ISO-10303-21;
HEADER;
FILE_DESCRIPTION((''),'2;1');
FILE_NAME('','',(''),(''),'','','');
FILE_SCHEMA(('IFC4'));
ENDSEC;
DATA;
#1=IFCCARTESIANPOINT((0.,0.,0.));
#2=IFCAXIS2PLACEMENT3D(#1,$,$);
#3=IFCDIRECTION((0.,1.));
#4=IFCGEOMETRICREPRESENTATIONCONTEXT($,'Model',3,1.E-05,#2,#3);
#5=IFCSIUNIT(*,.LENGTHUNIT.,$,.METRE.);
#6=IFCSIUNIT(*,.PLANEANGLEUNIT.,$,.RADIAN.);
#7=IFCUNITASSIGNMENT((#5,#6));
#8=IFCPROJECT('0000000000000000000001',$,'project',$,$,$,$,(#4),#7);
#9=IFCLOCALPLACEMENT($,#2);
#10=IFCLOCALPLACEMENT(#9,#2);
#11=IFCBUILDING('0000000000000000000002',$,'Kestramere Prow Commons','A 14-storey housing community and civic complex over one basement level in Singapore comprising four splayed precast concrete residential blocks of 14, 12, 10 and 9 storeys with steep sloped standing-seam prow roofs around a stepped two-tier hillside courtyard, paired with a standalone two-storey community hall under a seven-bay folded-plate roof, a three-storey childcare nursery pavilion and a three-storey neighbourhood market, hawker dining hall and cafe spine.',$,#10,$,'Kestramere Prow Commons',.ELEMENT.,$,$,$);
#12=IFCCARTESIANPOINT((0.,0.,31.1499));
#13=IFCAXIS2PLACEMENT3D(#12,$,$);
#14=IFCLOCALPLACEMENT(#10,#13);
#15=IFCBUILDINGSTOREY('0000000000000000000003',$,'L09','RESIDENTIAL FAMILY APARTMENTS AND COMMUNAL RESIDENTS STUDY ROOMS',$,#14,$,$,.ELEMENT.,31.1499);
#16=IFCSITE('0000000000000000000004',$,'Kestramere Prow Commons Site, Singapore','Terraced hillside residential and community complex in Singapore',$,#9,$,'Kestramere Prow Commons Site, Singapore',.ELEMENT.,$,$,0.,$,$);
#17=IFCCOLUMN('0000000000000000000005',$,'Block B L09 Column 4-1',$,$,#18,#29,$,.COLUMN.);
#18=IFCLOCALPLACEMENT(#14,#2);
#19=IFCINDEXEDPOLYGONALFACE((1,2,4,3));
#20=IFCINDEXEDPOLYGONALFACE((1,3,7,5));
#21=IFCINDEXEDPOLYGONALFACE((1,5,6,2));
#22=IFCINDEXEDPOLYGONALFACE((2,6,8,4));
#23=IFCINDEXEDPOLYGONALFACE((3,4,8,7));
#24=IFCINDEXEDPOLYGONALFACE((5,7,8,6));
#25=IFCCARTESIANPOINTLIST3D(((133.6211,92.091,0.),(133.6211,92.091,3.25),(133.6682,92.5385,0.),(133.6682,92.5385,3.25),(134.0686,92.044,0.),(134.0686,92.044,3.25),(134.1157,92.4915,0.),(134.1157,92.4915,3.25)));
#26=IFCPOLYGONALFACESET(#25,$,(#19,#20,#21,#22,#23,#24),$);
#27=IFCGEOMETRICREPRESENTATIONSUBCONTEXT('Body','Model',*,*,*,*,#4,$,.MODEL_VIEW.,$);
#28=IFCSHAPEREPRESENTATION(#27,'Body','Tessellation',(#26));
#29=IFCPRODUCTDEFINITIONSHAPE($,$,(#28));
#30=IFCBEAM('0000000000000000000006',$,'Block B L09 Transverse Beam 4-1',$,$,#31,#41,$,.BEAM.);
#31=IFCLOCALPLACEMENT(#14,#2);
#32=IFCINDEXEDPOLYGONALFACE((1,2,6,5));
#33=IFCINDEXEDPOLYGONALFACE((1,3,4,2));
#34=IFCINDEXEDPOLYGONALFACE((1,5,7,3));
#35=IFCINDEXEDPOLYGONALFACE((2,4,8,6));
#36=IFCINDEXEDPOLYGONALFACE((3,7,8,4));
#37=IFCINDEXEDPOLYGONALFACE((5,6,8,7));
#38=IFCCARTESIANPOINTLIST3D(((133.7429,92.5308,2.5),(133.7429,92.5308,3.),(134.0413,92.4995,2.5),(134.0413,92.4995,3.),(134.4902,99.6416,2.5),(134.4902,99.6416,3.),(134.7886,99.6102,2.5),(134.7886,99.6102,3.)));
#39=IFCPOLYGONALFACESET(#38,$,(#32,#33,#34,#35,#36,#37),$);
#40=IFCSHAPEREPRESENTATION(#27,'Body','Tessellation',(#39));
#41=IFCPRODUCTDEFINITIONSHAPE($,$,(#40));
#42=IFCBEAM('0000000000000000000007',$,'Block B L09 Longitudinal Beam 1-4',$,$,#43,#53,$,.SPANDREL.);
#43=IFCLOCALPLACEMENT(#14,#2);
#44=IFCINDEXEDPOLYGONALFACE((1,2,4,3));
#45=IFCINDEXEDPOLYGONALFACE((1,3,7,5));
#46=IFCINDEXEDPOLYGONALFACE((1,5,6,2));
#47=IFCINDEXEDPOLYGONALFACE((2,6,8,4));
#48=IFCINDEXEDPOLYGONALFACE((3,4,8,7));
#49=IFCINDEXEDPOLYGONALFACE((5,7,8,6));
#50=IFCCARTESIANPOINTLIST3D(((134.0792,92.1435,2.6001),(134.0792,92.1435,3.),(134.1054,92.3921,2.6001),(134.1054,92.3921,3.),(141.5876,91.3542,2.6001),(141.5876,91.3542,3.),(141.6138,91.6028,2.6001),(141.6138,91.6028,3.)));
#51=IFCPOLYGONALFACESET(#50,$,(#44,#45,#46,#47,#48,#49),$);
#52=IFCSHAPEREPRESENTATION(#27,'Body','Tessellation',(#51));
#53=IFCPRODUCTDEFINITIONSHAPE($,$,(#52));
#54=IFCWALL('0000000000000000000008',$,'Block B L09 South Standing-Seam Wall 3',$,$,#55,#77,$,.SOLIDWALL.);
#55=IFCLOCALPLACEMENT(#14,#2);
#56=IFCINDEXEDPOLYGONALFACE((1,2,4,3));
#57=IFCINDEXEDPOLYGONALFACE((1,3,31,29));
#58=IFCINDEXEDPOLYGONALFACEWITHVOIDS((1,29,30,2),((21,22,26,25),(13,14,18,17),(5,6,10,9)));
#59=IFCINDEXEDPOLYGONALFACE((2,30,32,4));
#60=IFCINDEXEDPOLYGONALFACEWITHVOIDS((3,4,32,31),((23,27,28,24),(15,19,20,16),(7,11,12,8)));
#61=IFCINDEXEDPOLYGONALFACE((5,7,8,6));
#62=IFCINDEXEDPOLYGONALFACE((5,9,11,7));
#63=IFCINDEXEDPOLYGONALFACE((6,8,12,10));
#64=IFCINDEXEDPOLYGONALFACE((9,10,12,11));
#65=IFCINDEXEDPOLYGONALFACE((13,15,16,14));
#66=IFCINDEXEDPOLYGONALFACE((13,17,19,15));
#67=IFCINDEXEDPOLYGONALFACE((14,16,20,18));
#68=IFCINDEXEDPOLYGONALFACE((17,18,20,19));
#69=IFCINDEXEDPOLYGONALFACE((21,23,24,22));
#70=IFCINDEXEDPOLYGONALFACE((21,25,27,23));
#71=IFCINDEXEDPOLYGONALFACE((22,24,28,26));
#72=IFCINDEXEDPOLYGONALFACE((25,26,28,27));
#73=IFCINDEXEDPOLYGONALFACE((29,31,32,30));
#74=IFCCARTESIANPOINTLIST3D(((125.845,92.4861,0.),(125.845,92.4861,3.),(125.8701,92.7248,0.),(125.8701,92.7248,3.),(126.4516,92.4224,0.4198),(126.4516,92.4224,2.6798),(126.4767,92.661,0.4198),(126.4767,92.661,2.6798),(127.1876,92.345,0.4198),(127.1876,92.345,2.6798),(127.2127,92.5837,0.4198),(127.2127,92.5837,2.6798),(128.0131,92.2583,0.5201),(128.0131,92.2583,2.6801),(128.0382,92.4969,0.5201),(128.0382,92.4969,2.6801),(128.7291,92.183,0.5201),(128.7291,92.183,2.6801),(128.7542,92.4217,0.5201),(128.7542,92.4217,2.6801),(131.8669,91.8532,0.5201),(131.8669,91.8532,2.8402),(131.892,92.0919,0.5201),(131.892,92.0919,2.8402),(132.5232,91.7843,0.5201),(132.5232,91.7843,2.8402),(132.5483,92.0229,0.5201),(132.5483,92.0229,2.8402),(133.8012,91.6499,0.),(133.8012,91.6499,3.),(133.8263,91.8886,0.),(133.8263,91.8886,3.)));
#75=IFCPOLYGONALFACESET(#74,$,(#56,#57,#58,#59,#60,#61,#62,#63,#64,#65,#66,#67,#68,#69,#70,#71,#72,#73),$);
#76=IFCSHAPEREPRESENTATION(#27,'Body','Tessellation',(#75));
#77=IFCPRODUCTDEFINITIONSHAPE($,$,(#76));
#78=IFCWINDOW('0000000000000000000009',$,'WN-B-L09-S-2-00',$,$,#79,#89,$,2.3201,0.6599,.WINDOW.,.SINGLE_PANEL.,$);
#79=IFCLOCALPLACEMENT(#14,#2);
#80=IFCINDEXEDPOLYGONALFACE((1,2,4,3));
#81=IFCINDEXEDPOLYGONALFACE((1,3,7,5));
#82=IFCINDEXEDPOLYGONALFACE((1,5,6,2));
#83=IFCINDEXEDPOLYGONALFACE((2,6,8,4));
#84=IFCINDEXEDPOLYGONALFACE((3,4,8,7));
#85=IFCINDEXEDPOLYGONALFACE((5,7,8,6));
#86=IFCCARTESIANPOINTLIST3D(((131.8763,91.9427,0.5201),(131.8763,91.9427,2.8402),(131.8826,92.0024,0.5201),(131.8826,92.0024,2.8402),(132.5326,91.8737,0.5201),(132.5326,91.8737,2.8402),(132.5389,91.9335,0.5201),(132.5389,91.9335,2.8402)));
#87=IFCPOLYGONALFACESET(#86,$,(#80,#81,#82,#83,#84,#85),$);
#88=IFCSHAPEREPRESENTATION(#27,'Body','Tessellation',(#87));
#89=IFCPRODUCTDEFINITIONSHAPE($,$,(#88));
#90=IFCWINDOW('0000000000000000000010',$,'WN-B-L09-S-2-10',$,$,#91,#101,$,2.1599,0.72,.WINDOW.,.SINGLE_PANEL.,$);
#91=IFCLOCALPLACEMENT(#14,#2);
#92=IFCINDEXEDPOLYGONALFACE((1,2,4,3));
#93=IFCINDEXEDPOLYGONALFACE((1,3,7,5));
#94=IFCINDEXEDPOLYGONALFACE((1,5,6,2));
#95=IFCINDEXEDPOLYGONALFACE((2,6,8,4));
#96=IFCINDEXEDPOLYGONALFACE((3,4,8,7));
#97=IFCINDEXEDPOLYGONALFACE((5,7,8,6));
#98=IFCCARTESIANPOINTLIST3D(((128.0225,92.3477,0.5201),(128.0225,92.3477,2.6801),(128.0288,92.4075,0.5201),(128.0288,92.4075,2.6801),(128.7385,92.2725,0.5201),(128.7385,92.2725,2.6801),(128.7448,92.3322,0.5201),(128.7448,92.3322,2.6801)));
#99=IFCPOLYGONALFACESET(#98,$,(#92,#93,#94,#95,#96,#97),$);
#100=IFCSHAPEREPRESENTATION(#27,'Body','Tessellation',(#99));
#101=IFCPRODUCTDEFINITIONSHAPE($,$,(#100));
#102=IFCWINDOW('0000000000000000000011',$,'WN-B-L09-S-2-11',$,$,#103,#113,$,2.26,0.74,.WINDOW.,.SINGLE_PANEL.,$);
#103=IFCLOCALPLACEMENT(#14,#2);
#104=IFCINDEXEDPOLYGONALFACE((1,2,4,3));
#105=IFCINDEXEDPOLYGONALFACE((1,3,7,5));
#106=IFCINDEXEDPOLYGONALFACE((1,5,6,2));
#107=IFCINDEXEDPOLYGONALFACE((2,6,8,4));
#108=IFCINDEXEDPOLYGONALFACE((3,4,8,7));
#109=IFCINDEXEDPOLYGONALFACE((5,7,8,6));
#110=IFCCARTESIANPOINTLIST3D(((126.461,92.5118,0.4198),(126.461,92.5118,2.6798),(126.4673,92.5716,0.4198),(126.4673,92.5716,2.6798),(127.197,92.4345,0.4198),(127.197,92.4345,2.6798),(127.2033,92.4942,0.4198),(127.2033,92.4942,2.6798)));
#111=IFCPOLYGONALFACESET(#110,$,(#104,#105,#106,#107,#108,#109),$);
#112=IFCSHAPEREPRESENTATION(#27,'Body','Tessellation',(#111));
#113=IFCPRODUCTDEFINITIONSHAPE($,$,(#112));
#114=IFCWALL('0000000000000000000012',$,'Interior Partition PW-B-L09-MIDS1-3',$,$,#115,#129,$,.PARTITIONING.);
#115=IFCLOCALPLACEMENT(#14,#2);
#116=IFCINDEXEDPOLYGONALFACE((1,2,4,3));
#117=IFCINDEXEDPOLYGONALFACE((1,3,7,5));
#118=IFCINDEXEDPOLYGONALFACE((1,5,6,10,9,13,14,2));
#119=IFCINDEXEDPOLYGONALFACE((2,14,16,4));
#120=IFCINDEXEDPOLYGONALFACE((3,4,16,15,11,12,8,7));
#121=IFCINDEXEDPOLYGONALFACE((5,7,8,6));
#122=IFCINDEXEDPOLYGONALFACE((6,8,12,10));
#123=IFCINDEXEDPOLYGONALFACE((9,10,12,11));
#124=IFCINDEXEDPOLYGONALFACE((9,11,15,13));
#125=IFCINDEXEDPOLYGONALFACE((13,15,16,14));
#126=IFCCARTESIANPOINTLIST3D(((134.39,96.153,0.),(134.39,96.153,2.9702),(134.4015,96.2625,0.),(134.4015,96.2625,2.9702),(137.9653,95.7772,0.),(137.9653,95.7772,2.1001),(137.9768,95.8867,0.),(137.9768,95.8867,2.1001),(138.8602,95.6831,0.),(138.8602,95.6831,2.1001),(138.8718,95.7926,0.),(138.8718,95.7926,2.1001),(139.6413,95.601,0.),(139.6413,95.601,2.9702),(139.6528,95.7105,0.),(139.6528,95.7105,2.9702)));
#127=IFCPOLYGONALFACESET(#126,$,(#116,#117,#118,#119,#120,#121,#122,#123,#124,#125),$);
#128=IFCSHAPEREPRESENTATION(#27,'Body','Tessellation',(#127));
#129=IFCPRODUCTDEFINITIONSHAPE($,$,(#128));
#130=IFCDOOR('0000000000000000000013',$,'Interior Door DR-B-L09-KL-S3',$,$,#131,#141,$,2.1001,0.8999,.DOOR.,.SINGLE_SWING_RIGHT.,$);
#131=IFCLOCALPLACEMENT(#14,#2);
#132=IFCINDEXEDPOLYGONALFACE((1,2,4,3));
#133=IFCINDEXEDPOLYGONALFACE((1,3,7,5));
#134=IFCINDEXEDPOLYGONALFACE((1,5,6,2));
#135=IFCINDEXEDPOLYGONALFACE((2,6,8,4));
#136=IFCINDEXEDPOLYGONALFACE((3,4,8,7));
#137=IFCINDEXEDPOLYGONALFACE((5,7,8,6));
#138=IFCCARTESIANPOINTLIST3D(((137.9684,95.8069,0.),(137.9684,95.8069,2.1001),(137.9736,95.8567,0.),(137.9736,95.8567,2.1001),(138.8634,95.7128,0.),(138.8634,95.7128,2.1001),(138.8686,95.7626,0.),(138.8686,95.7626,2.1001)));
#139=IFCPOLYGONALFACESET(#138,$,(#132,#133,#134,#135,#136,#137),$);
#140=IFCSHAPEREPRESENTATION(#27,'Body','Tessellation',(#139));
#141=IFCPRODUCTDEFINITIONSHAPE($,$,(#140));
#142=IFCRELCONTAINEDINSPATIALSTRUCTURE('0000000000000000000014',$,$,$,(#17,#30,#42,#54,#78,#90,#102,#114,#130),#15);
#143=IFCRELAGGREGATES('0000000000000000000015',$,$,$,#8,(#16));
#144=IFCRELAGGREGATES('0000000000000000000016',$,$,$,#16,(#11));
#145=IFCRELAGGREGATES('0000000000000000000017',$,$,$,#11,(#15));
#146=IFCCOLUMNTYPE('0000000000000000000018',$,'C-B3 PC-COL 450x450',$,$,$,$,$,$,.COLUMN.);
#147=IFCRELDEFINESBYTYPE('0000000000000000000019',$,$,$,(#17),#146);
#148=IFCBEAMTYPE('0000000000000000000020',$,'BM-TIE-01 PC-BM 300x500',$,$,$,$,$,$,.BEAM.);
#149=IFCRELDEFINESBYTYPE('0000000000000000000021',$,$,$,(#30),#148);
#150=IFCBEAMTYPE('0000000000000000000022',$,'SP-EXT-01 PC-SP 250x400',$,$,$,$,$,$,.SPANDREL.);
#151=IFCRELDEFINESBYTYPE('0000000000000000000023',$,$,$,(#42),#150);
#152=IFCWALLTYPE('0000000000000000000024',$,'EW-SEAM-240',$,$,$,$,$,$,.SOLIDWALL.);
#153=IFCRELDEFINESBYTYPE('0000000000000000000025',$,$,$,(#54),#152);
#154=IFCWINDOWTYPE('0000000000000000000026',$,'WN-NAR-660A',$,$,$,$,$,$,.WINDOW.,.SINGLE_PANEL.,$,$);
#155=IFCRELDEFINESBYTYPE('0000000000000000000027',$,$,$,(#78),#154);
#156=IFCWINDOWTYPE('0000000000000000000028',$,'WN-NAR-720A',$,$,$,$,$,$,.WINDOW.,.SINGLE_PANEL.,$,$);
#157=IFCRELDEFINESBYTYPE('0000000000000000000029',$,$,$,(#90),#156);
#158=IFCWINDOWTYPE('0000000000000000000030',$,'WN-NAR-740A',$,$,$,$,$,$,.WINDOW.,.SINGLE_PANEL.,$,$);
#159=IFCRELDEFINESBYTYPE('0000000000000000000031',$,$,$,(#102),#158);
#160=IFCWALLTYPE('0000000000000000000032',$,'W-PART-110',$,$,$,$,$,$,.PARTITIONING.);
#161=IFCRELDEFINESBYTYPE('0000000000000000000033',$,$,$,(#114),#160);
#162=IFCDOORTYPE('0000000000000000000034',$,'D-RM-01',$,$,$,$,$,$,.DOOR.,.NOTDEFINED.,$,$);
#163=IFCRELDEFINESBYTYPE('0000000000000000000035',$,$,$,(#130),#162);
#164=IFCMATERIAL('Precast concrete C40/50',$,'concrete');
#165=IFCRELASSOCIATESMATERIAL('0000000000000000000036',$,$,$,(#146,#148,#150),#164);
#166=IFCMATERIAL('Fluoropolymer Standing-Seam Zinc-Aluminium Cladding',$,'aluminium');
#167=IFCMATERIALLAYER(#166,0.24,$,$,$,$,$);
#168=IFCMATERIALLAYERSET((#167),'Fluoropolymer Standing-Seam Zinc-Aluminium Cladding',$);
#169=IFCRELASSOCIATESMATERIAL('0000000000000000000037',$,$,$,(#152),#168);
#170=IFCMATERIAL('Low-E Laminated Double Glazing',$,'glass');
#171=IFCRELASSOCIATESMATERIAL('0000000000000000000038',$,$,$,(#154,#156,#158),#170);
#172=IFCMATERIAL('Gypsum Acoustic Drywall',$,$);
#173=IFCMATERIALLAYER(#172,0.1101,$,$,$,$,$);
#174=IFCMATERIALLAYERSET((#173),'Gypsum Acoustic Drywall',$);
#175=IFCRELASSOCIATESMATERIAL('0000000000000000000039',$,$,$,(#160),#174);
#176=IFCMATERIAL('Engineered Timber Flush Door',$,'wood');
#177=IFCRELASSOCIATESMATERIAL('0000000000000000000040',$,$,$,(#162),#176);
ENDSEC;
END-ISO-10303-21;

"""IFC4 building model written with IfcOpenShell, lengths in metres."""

from ifc_helpers import new_model, si_unit, direction, frame, frame_2d, origin, origin_2d, place, context, subcontext, project, spatial, rectangle, extrude, material, layer, layer_set, material_profile, profile_set, type_object, element, fill, save


model = new_model("IFC4")

# Units and contexts
model_context = context("Model", 3, precision=1e-05, world=origin(), true_north=direction((0.0, 1.0)))
body_context = subcontext(model_context, "Body", "Model", "MODEL_VIEW")
ifc_project = project(units=[si_unit("LENGTHUNIT", "METRE"), si_unit("PLANEANGLEUNIT", "RADIAN")], contexts=[model_context])

# Site, building, storey
site_placement = place(None, origin())
site = spatial("IfcSite", under=ifc_project, at=site_placement, Name="Kestramere Prow Commons Site, Singapore", Description="Terraced hillside residential and community complex in Singapore", LongName="Kestramere Prow Commons Site, Singapore", CompositionType="ELEMENT", RefElevation=0.0)
building_placement = place(site_placement, origin())
building = spatial("IfcBuilding", under=site, at=building_placement, Name="Kestramere Prow Commons", Description="A 14-storey housing community and civic complex over one basement level in Singapore comprising four splayed precast concrete residential blocks of 14, 12, 10 and 9 storeys with steep sloped standing-seam prow roofs around a stepped two-tier hillside courtyard, paired with a standalone two-storey community hall under a seven-bay folded-plate roof, a three-storey childcare nursery pavilion and a three-storey neighbourhood market, hawker dining hall and cafe spine.", LongName="Kestramere Prow Commons", CompositionType="ELEMENT")
storey_placement = place(building_placement, frame((0.0, 0.0, 31.1499)))
storey = spatial("IfcBuildingStorey", under=building, at=storey_placement, Name="L09", Description="RESIDENTIAL FAMILY APARTMENTS AND COMMUNAL RESIDENTS STUDY ROOMS", CompositionType="ELEMENT", Elevation=31.1499)

# Column
ifc_material_1 = material(Name="Precast concrete C40/50", Category="concrete")
ifc_material_profile_1 = material_profile(ifc_material_1, rectangle(XDim=0.45, YDim=0.45, at=origin_2d()), Name="PC-COL 450x450")
ifc_profile_set_1 = profile_set([ifc_material_profile_1], Name="Precast concrete C40/50")
column_type = type_object("IfcColumnType", Name="C-B3 PC-COL 450x450", PredefinedType="COLUMN", material=ifc_profile_set_1)
column_placement = place(storey_placement, frame((133.8684, 92.2913, 0.0), z_axis=(0.0, 0.0, 1.0), x_axis=(0.994522, -0.104528, 0.0)))
element("IfcColumn", 1, at=column_placement, inside=storey, type_object=column_type, Name="Block B L09 Column 4-1", PredefinedType="COLUMN", context=body_context, shape_type="SweptSolid", body=[
    extrude(rectangle(XDim=0.45, YDim=0.45, at=origin_2d()), origin(), (0.0, 0.0, 1.0), 3.25),
])

# Beams
ifc_material_profile_2 = material_profile(ifc_material_1, rectangle(XDim=0.3, YDim=0.5, at=origin_2d()), Name="PC-BM 300x500")
ifc_profile_set_2 = profile_set([ifc_material_profile_2], Name="Precast concrete C40/50")
beam_type_1 = type_object("IfcBeamType", Name="BM-TIE-01 PC-BM 300x500", PredefinedType="BEAM", material=ifc_profile_set_2)
beam_1_placement = place(storey_placement, frame((133.8921, 92.5151, 2.75), z_axis=(0.104519, 0.994523, 0.0), x_axis=(-0.994523, 0.104519, 0.0)))
element("IfcBeam", 2, at=beam_1_placement, inside=storey, type_object=beam_type_1, Name="Block B L09 Transverse Beam 4-1", PredefinedType="BEAM", context=body_context, shape_type="SweptSolid", body=[
    extrude(rectangle(XDim=0.3, YDim=0.5, at=origin_2d()), origin(), (0.0, 0.0, 1.0), 7.1499),
])
ifc_material_profile_3 = material_profile(ifc_material_1, rectangle(XDim=0.25, YDim=0.3999, at=origin_2d()), Name="PC-SP 250x400")
ifc_profile_set_3 = profile_set([ifc_material_profile_3], Name="Precast concrete C40/50")
beam_type_2 = type_object("IfcBeamType", Name="SP-EXT-01 PC-SP 250x400", PredefinedType="SPANDREL", material=ifc_profile_set_3)
beam_2_placement = place(storey_placement, frame((134.0923, 92.2678, 2.8), z_axis=(0.99452, -0.104545, 0.0), x_axis=(0.104545, 0.99452, 0.0)))
element("IfcBeam", 3, at=beam_2_placement, inside=storey, type_object=beam_type_2, Name="Block B L09 Longitudinal Beam 1-4", PredefinedType="SPANDREL", context=body_context, shape_type="SweptSolid", body=[
    extrude(rectangle(XDim=0.25, YDim=0.3999, at=origin_2d()), origin(), (0.0, 0.0, 1.0), 7.5498),
])

# Wall, openings, windows
ifc_material_2 = material(Name="Fluoropolymer Standing-Seam Zinc-Aluminium Cladding", Category="aluminium")
ifc_layer_1 = layer(ifc_material_2, 0.24)
ifc_layer_set_1 = layer_set([ifc_layer_1], Name="Fluoropolymer Standing-Seam Zinc-Aluminium Cladding")
wall_type_1 = type_object("IfcWallType", Name="EW-SEAM-240", PredefinedType="SOLIDWALL", material=ifc_layer_set_1)
wall_1_placement = place(storey_placement, frame((133.8137, 91.7693, 0.0), z_axis=(0.0, 0.0, 1.0), x_axis=(-0.994523, 0.104521, 0.0)))
wall_1 = element("IfcWall", 4, at=wall_1_placement, inside=storey, type_object=wall_type_1, Name="Block B L09 South Standing-Seam Wall 3", PredefinedType="SOLIDWALL", context=body_context, shape_type="SweptSolid", body=[
    extrude(rectangle(XDim=8.0, YDim=0.24, at=frame_2d((4.0, 0.0))), origin(), (0.0, 0.0, 1.0), 3.0),
])
opening_1_placement = place(wall_1_placement, frame((1.2849, 0.0, 0.52)))
opening_1 = element("IfcOpeningElement", 5, at=opening_1_placement, cuts=wall_1, PredefinedType="OPENING", context=body_context, shape_type="SweptSolid", body=[
    extrude(rectangle(XDim=0.6599, YDim=2.3201, at=frame_2d((0.3301, 1.1602))), frame((0.0, 0.135, 0.0), z_axis=(0.0, -1.0, 0.0), x_axis=(1.0, 0.0, 0.0)), (0.0, 0.0, 1.0), 0.27),
])
opening_2_placement = place(wall_1_placement, frame((5.1001, 0.0, 0.52)))
opening_2 = element("IfcOpeningElement", 6, at=opening_2_placement, cuts=wall_1, PredefinedType="OPENING", context=body_context, shape_type="SweptSolid", body=[
    extrude(rectangle(XDim=0.72, YDim=2.1599, at=frame_2d((0.3599, 1.0801))), frame((0.0, 0.135, 0.0), z_axis=(0.0, -1.0, 0.0), x_axis=(1.0, 0.0, 0.0)), (0.0, 0.0, 1.0), 0.27),
])
opening_3_placement = place(wall_1_placement, frame((6.6499, 0.0, 0.4199)))
opening_3 = element("IfcOpeningElement", 7, at=opening_3_placement, cuts=wall_1, PredefinedType="OPENING", context=body_context, shape_type="SweptSolid", body=[
    extrude(rectangle(XDim=0.74, YDim=2.26, at=frame_2d((0.3701, 1.1299))), frame((0.0, 0.135, 0.0), z_axis=(0.0, -1.0, 0.0), x_axis=(1.0, 0.0, 0.0)), (0.0, 0.0, 1.0), 0.27),
])
ifc_material_3 = material(Name="Low-E Laminated Double Glazing", Category="glass")
window_type_1 = type_object("IfcWindowType", Name="WN-NAR-660A", PartitioningType="SINGLE_PANEL", PredefinedType="WINDOW", material=ifc_material_3)
window_1_placement = place(opening_1_placement, origin())
window_1 = element("IfcWindow", 8, at=window_1_placement, inside=storey, type_object=window_type_1, Name="WN-B-L09-S-2-00", OverallHeight=2.3201, OverallWidth=0.6599, PartitioningType="SINGLE_PANEL", PredefinedType="WINDOW", context=body_context, shape_type="SweptSolid", body=[
    extrude(rectangle(XDim=0.6599, YDim=2.3201, at=frame_2d((0.3301, 1.1602))), frame((0.0, 0.03, 0.0), z_axis=(0.0, -1.0, 0.0), x_axis=(1.0, 0.0, 0.0)), (0.0, 0.0, 1.0), 0.0601),
])
fill(opening_1, window_1)
window_type_2 = type_object("IfcWindowType", Name="WN-NAR-720A", PartitioningType="SINGLE_PANEL", PredefinedType="WINDOW", material=ifc_material_3)
window_2_placement = place(opening_2_placement, origin())
window_2 = element("IfcWindow", 9, at=window_2_placement, inside=storey, type_object=window_type_2, Name="WN-B-L09-S-2-10", OverallHeight=2.1599, OverallWidth=0.72, PartitioningType="SINGLE_PANEL", PredefinedType="WINDOW", context=body_context, shape_type="SweptSolid", body=[
    extrude(rectangle(XDim=0.72, YDim=2.1599, at=frame_2d((0.3599, 1.0801))), frame((0.0, 0.03, 0.0), z_axis=(0.0, -1.0, 0.0), x_axis=(1.0, 0.0, 0.0)), (0.0, 0.0, 1.0), 0.0601),
])
fill(opening_2, window_2)
window_type_3 = type_object("IfcWindowType", Name="WN-NAR-740A", PartitioningType="SINGLE_PANEL", PredefinedType="WINDOW", material=ifc_material_3)
window_3_placement = place(opening_3_placement, origin())
window_3 = element("IfcWindow", 10, at=window_3_placement, inside=storey, type_object=window_type_3, Name="WN-B-L09-S-2-11", OverallHeight=2.26, OverallWidth=0.74, PartitioningType="SINGLE_PANEL", PredefinedType="WINDOW", context=body_context, shape_type="SweptSolid", body=[
    extrude(rectangle(XDim=0.74, YDim=2.26, at=frame_2d((0.3701, 1.1299))), frame((0.0, 0.03, 0.0), z_axis=(0.0, -1.0, 0.0), x_axis=(1.0, 0.0, 0.0)), (0.0, 0.0, 1.0), 0.0601),
])
fill(opening_3, window_3)

# Wall, opening, door
ifc_material_4 = material(Name="Gypsum Acoustic Drywall")
ifc_layer_2 = layer(ifc_material_4, 0.1101)
ifc_layer_set_2 = layer_set([ifc_layer_2], Name="Gypsum Acoustic Drywall")
wall_type_2 = type_object("IfcWallType", Name="W-PART-110", PredefinedType="PARTITIONING", material=ifc_layer_set_2)
wall_2_placement = place(storey_placement, frame((134.3958, 96.2078, 0.0), z_axis=(0.0, 0.0, 1.0), x_axis=(0.99452, -0.104543, 0.0)))
wall_2 = element("IfcWall", 11, at=wall_2_placement, inside=storey, type_object=wall_type_2, Name="Interior Partition PW-B-L09-MIDS1-3", PredefinedType="PARTITIONING", context=body_context, shape_type="SweptSolid", body=[
    extrude(rectangle(XDim=5.2803, YDim=0.1101, at=frame_2d((2.6401, 0.0))), origin(), (0.0, 0.0, 1.0), 2.9702),
])
opening_4_placement = place(wall_2_placement, frame((3.595, 0.0, 0.0)))
opening_4 = element("IfcOpeningElement", 12, at=opening_4_placement, cuts=wall_2, PredefinedType="OPENING", context=body_context, shape_type="SweptSolid", body=[
    extrude(rectangle(XDim=0.8999, YDim=2.1001, at=frame_2d((0.45, 1.05))), frame((0.0, 0.0701, 0.0), z_axis=(0.0, -1.0, 0.0), x_axis=(1.0, 0.0, 0.0)), (0.0, 0.0, 1.0), 0.1401),
])
ifc_material_5 = material(Name="Engineered Timber Flush Door", Category="wood")
door_type_1 = type_object("IfcDoorType", Name="D-RM-01", OperationType="NOTDEFINED", PredefinedType="DOOR", material=ifc_material_5)
door_1_placement = place(opening_4_placement, origin())
door_1 = element("IfcDoor", 13, at=door_1_placement, inside=storey, type_object=door_type_1, Name="Interior Door DR-B-L09-KL-S3", OperationType="SINGLE_SWING_RIGHT", OverallHeight=2.1001, OverallWidth=0.8999, PredefinedType="DOOR", context=body_context, shape_type="SweptSolid", body=[
    extrude(rectangle(XDim=0.8999, YDim=2.1001, at=frame_2d((0.45, 1.05))), frame((0.0, 0.0249, 0.0), z_axis=(0.0, -1.0, 0.0), x_axis=(1.0, 0.0, 0.0)), (0.0, 0.0, 1.0), 0.05),
])
fill(opening_4, door_1)

save(model, "model.ifc")
